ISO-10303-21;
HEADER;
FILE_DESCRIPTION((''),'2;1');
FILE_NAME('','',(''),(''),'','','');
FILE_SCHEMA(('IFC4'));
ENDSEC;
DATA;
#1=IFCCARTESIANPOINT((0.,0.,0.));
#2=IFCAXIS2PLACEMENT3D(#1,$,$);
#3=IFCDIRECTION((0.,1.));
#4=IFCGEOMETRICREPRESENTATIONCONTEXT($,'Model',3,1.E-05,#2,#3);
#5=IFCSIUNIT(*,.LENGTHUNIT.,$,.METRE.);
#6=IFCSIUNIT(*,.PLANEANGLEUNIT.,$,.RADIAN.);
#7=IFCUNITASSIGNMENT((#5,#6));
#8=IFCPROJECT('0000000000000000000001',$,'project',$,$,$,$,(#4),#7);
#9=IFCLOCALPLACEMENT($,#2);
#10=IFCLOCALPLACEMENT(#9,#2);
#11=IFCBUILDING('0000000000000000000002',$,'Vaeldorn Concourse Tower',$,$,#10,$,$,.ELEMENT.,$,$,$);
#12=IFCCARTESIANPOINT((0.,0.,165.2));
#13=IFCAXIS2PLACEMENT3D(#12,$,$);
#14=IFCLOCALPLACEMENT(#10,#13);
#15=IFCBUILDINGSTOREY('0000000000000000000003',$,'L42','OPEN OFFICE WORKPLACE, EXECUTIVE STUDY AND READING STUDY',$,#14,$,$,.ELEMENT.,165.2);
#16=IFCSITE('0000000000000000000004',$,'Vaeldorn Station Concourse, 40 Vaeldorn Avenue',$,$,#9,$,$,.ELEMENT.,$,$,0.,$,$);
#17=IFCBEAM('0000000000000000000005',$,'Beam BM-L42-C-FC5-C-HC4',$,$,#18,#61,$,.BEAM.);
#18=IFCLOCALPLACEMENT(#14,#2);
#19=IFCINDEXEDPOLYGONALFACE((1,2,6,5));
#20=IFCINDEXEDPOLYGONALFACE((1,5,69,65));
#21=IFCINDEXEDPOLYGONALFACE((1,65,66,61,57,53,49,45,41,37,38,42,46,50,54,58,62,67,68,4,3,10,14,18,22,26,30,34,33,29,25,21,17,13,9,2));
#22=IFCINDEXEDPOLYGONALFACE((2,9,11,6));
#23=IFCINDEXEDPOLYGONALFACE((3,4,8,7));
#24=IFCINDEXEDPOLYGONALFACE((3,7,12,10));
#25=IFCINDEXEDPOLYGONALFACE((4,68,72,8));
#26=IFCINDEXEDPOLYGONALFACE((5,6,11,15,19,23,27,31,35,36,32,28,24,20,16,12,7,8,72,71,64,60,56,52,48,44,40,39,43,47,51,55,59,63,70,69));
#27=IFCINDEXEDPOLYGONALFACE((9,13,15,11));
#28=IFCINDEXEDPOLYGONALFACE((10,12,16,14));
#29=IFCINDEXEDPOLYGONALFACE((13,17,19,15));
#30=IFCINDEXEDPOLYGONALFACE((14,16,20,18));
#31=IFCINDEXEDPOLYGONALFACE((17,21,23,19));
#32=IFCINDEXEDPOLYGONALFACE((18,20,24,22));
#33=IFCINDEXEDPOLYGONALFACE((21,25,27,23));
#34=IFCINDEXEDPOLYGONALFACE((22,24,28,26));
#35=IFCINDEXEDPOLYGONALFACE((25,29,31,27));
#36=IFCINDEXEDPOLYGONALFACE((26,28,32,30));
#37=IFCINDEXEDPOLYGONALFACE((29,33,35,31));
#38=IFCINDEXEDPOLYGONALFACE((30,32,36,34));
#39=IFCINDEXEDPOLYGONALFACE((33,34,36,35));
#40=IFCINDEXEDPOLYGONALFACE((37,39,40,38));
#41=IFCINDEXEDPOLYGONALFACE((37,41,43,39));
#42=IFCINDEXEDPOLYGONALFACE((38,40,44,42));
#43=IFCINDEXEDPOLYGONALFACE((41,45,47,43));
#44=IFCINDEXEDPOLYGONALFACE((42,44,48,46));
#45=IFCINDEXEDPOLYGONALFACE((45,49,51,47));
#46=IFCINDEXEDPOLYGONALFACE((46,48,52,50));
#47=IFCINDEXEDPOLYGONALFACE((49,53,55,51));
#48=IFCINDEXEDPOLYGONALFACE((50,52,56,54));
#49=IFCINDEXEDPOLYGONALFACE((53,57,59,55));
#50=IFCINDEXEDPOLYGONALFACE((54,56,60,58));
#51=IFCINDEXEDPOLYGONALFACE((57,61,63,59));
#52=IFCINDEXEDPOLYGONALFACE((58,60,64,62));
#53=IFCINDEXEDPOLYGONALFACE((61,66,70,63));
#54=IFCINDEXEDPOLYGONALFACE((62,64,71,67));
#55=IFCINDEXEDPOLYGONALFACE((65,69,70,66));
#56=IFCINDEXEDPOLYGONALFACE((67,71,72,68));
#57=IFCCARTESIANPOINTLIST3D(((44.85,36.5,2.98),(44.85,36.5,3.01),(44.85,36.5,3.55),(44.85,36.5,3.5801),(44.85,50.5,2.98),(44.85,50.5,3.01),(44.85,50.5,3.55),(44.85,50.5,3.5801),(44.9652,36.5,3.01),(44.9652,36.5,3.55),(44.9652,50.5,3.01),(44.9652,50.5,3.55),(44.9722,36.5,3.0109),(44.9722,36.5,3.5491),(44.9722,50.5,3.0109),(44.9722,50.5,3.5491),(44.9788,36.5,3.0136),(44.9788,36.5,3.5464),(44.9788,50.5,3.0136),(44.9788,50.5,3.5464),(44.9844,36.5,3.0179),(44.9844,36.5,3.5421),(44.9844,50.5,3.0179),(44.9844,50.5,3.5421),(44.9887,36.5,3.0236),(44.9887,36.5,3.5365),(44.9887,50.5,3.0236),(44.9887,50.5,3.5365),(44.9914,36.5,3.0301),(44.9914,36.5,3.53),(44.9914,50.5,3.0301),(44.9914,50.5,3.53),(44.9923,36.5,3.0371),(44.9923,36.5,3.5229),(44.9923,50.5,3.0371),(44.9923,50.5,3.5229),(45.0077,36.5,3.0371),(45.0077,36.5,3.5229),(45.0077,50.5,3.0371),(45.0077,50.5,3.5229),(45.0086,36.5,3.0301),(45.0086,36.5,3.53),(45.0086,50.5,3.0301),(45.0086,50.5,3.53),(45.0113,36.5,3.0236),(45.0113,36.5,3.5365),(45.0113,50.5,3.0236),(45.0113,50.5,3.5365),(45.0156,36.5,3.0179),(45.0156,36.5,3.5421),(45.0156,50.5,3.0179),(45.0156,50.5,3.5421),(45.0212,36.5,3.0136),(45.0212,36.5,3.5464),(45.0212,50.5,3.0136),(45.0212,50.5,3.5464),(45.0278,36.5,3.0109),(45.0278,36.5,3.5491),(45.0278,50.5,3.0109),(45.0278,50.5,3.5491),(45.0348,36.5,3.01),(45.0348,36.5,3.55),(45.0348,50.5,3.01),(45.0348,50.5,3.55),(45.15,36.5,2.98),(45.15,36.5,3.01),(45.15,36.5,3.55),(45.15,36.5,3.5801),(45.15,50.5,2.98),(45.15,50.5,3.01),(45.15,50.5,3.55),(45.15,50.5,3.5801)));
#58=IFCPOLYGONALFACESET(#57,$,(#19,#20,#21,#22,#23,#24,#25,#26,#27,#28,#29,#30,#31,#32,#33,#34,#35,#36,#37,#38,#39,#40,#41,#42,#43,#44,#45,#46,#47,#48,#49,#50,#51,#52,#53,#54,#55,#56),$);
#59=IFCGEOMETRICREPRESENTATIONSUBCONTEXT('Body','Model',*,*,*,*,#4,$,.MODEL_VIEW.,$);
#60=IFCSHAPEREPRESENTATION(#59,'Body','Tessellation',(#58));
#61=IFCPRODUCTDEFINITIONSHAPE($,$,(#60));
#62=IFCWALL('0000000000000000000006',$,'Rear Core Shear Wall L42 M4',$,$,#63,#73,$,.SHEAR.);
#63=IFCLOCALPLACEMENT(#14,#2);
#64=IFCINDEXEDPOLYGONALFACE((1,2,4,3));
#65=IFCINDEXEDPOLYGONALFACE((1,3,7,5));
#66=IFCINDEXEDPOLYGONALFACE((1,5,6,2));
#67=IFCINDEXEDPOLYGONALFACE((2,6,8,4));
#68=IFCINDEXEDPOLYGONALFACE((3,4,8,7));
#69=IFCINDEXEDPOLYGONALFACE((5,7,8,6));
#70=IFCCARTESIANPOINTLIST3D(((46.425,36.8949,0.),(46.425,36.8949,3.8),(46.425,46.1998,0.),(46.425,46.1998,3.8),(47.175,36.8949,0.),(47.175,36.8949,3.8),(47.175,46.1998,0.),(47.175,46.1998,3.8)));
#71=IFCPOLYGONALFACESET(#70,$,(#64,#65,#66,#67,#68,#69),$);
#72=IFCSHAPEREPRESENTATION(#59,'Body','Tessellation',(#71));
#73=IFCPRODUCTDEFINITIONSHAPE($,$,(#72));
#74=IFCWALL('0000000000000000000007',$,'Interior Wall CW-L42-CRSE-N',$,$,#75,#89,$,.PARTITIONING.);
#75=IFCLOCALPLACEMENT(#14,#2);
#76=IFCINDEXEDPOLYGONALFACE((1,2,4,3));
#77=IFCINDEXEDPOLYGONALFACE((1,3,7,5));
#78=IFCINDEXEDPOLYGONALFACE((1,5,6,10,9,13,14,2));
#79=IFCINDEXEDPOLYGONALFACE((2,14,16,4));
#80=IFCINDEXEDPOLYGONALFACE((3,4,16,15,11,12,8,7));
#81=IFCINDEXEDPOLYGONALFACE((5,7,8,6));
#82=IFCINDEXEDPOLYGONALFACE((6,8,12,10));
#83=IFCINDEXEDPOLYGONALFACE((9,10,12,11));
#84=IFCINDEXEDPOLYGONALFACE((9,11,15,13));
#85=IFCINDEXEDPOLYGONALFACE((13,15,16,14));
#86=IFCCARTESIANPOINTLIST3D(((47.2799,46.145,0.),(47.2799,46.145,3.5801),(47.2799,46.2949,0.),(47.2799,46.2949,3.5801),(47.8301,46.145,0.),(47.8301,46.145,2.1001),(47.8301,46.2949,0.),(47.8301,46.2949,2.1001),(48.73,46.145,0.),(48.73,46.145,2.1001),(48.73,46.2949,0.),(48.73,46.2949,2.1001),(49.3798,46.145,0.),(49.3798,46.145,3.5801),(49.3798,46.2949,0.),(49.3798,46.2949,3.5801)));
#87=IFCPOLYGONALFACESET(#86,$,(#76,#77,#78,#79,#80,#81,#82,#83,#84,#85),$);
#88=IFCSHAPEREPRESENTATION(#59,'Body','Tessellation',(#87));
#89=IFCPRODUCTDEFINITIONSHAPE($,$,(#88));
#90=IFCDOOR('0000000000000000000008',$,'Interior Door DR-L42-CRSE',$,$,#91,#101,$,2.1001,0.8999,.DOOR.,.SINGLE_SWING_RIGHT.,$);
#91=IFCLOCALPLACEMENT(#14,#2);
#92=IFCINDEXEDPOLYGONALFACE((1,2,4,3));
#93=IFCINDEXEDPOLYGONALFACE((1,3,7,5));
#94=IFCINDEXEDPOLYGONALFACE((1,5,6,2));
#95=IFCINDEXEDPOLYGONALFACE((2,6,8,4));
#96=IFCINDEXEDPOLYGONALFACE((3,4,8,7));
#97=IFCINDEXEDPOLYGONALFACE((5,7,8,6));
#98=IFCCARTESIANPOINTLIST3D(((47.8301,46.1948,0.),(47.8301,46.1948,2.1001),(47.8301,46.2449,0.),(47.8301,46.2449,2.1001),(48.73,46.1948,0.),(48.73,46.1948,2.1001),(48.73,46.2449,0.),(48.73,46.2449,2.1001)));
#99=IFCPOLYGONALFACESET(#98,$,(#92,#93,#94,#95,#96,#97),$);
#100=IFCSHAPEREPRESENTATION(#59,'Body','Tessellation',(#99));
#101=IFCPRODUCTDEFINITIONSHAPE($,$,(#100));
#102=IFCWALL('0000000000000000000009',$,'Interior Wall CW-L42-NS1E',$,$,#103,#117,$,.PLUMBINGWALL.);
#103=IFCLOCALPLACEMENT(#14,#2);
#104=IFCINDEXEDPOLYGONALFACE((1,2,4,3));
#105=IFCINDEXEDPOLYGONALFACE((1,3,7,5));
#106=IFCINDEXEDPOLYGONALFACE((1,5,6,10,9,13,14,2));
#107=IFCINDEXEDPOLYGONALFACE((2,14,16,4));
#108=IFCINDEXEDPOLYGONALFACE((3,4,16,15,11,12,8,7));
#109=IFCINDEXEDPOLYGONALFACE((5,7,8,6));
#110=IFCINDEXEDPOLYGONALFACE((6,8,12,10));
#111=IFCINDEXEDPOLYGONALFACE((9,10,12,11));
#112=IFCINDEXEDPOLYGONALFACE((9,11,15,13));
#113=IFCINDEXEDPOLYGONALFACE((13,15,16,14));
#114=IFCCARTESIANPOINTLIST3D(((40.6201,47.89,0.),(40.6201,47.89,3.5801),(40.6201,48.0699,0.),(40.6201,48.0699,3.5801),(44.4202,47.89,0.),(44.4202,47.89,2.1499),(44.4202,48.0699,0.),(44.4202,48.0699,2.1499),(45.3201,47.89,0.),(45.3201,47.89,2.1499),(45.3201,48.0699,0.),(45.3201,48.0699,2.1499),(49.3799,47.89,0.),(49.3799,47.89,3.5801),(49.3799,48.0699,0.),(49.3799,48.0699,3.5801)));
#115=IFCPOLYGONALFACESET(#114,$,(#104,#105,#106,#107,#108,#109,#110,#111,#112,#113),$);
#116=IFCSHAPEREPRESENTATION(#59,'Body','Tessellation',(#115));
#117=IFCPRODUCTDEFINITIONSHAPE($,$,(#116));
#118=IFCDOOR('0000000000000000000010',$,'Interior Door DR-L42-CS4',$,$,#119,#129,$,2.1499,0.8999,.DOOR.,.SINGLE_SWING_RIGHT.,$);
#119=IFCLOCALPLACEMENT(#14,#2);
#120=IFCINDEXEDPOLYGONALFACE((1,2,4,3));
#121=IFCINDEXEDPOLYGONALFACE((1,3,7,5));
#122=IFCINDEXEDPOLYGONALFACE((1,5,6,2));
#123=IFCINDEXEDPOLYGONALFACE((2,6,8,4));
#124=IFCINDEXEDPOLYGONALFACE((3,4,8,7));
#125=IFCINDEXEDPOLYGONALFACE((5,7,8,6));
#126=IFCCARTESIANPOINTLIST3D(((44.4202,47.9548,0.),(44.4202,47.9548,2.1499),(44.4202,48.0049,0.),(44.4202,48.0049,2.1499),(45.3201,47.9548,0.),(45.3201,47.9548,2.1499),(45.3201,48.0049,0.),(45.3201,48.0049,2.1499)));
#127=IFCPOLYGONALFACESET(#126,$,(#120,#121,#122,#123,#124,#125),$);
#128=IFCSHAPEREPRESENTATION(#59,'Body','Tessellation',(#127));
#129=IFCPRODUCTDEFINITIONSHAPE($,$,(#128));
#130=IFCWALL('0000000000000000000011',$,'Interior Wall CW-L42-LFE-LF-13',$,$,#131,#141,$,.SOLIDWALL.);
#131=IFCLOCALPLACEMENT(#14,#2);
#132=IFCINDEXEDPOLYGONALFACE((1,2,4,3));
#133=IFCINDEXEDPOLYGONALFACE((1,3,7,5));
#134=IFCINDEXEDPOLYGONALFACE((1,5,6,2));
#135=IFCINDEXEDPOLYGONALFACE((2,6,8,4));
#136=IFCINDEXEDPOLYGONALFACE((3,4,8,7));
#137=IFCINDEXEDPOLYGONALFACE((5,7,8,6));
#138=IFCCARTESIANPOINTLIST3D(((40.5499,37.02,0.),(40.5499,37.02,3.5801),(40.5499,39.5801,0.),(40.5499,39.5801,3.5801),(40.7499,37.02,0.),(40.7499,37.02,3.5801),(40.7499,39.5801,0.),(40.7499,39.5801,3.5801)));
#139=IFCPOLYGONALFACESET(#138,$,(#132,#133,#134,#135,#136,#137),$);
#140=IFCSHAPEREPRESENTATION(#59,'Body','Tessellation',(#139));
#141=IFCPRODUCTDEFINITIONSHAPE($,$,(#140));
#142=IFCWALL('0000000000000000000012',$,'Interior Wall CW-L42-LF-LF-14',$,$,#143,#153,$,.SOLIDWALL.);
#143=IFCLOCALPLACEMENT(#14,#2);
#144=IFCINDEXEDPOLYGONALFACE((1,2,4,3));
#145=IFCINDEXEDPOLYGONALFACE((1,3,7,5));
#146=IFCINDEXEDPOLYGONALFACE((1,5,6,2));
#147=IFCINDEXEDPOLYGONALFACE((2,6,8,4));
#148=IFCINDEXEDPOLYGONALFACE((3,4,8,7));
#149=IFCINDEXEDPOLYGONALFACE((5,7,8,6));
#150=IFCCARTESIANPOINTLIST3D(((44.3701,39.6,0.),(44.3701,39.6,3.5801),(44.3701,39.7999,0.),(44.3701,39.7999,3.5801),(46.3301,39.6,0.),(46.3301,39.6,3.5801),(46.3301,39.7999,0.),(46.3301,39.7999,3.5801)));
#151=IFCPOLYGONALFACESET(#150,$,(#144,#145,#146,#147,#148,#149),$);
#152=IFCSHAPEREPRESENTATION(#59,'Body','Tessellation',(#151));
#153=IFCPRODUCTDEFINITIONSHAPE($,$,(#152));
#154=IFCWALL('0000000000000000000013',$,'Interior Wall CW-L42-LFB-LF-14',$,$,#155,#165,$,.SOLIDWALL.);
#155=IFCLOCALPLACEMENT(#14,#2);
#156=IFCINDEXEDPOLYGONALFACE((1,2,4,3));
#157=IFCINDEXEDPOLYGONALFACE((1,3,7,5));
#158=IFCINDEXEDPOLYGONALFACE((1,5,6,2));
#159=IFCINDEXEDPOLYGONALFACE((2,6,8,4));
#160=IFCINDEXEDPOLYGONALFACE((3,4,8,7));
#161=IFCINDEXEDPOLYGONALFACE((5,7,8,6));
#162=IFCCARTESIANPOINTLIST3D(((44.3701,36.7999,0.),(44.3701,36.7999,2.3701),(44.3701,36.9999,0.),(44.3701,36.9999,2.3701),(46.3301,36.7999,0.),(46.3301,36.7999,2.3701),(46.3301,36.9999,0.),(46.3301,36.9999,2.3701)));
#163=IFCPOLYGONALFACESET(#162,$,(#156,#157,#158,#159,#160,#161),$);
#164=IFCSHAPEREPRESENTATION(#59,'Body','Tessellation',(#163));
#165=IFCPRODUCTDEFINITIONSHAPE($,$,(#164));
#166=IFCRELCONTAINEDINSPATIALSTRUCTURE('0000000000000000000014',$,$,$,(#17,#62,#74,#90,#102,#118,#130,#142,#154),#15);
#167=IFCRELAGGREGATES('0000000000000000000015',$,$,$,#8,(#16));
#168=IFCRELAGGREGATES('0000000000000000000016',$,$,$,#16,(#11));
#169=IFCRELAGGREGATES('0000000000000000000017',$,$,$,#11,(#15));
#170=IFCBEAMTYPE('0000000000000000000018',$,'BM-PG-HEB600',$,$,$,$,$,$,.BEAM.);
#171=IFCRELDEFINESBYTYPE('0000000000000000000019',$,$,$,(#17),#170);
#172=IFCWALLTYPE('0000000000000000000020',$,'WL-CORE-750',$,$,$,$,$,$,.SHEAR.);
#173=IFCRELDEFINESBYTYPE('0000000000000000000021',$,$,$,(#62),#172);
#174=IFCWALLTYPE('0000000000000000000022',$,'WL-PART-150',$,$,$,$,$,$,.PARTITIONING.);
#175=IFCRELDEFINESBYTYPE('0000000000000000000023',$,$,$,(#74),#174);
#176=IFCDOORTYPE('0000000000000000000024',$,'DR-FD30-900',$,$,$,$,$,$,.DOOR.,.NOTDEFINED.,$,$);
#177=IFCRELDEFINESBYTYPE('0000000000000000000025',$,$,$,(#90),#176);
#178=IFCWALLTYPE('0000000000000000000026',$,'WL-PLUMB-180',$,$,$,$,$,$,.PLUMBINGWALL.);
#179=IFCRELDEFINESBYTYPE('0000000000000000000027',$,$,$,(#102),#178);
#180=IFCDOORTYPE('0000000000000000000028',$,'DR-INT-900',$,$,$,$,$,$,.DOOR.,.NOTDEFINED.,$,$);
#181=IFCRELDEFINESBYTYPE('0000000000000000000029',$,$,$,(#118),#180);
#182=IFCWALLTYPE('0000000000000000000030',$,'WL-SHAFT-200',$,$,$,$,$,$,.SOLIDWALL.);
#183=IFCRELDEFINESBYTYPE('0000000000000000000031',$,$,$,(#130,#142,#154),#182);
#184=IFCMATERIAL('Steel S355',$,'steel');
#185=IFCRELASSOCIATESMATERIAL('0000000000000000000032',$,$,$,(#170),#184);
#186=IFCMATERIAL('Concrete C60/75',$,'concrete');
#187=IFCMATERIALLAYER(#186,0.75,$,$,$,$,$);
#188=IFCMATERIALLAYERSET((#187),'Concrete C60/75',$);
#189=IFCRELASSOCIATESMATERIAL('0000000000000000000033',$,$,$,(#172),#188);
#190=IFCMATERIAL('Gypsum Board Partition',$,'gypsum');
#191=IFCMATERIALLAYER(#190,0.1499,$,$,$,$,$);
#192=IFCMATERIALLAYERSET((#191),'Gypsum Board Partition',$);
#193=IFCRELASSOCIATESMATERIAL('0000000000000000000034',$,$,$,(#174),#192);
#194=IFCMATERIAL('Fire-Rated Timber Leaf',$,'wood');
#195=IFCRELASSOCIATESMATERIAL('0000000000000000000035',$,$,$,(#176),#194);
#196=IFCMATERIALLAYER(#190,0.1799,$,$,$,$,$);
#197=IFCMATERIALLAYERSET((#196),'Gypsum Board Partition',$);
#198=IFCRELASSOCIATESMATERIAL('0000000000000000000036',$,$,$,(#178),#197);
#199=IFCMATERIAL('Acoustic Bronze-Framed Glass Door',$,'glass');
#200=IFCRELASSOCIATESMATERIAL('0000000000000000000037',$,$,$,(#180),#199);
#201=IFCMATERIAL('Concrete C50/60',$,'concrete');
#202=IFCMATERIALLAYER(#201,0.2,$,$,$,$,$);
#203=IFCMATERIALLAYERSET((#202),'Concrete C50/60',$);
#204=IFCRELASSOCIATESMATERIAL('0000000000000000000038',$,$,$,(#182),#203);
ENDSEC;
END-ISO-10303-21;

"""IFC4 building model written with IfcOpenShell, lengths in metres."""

from ifc_helpers import new_model, si_unit, direction, frame, frame_2d, origin, origin_2d, place, context, subcontext, project, spatial, rectangle, i_section, extrude, source, transform, mapped, material, layer, layer_set, material_profile, profile_set, type_object, element, fill, save


model = new_model("IFC4")

# Units and contexts
model_context = context("Model", 3, precision=1e-05, world=origin(), true_north=direction((0.0, 1.0)))
body_context = subcontext(model_context, "Body", "Model", "MODEL_VIEW")
ifc_project = project(units=[si_unit("LENGTHUNIT", "METRE"), si_unit("PLANEANGLEUNIT", "RADIAN")], contexts=[model_context])

# Site, building, storey
site_placement = place(None, origin())
site = spatial("IfcSite", under=ifc_project, at=site_placement, Name="Vaeldorn Station Concourse, 40 Vaeldorn Avenue", CompositionType="ELEMENT", RefElevation=0.0)
building_placement = place(site_placement, origin())
building = spatial("IfcBuilding", under=site, at=building_placement, Name="Vaeldorn Concourse Tower", CompositionType="ELEMENT")
storey_placement = place(building_placement, frame((0.0, 0.0, 165.2)))
storey = spatial("IfcBuildingStorey", under=building, at=storey_placement, Name="L42", Description="OPEN OFFICE WORKPLACE, EXECUTIVE STUDY AND READING STUDY", CompositionType="ELEMENT", Elevation=165.2)

# Beam
ifc_material_1 = material(Name="Concrete C60/75", Category="concrete")
ifc_material_2 = material(Name="Steel S355", Category="steel")
ifc_material_profile_1 = material_profile(ifc_material_2, i_section(OverallWidth=0.3, OverallDepth=0.6001, WebThickness=0.0154, FlangeThickness=0.03, FilletRadius=0.0271, at=origin_2d()), Name="HEB 600")
ifc_profile_set_1 = profile_set([ifc_material_profile_1], Name="Steel S355")
beam_type_1 = type_object("IfcBeamType", Name="BM-PG-HEB600", PredefinedType="BEAM", material=ifc_profile_set_1)
shared_shape_1 = source(origin(), body_context, "Body", "SweptSolid", [
    extrude(i_section(OverallWidth=0.3, OverallDepth=0.6001, WebThickness=0.0154, FlangeThickness=0.03, FilletRadius=0.0271, at=origin_2d()), origin(), (0.0, 0.0, 1.0), 14.0),
])
beam_1_placement = place(storey_placement, frame((45.0, 36.5, 3.28), z_axis=(0.0, 1.0, 0.0), x_axis=(-1.0, 0.0, 0.0)))
element("IfcBeam", 1, at=beam_1_placement, inside=storey, type_object=beam_type_1, Name="Beam BM-L42-C-FC5-C-HC4", PredefinedType="BEAM", context=body_context, shape_type="MappedRepresentation", body=[
    mapped(shared_shape_1, transform((0.0, 0.0, 0.0), scale=1.0)),
])

# Wall
ifc_layer_1 = layer(ifc_material_1, 0.75)
ifc_layer_set_1 = layer_set([ifc_layer_1], Name="Concrete C60/75")
wall_type_1 = type_object("IfcWallType", Name="WL-CORE-750", PredefinedType="SHEAR", material=ifc_layer_set_1)
wall_1_placement = place(storey_placement, frame((46.8, 36.895, 0.0), z_axis=(0.0, 0.0, 1.0), x_axis=(0.0, 1.0, 0.0)))
element("IfcWall", 2, at=wall_1_placement, inside=storey, type_object=wall_type_1, Name="Rear Core Shear Wall L42 M4", PredefinedType="SHEAR", context=body_context, shape_type="SweptSolid", body=[
    extrude(rectangle(XDim=9.3049, YDim=0.75, at=frame_2d((4.6523, 0.0))), origin(), (0.0, 0.0, 1.0), 3.8),
])

# Walls, openings, doors
ifc_material_3 = material(Name="Gypsum Board Partition", Category="gypsum")
ifc_layer_2 = layer(ifc_material_3, 0.1499)
ifc_layer_set_2 = layer_set([ifc_layer_2], Name="Gypsum Board Partition")
wall_type_2 = type_object("IfcWallType", Name="WL-PART-150", PredefinedType="PARTITIONING", material=ifc_layer_set_2)
wall_2_placement = place(storey_placement, frame((47.28, 46.22, 0.0), z_axis=(0.0, 0.0, 1.0), x_axis=(1.0, 0.0, 0.0)))
wall_2 = element("IfcWall", 3, at=wall_2_placement, inside=storey, type_object=wall_type_2, Name="Interior Wall CW-L42-CRSE-N", PredefinedType="PARTITIONING", context=body_context, shape_type="SweptSolid", body=[
    extrude(rectangle(XDim=2.0999, YDim=0.1499, at=frame_2d((1.0498, 0.0))), origin(), (0.0, 0.0, 1.0), 3.5801),
])
opening_1_placement = place(wall_2_placement, frame((0.55, 0.0, 0.0)))
opening_1 = element("IfcOpeningElement", 4, at=opening_1_placement, cuts=wall_2, PredefinedType="OPENING", context=body_context, shape_type="SweptSolid", body=[
    extrude(rectangle(XDim=0.8999, YDim=2.1001, at=frame_2d((0.45, 1.05))), frame((0.0, 0.085, 0.0), z_axis=(0.0, -1.0, 0.0), x_axis=(1.0, 0.0, 0.0)), (0.0, 0.0, 1.0), 0.1699),
])
ifc_material_4 = material(Name="Fire-Rated Timber Leaf", Category="wood")
door_type_1 = type_object("IfcDoorType", Name="DR-FD30-900", OperationType="NOTDEFINED", PredefinedType="DOOR", material=ifc_material_4)
shared_shape_2 = source(origin(), body_context, "Body", "SweptSolid", [
    extrude(rectangle(XDim=0.8999, YDim=2.1001, at=frame_2d((0.45, 1.05))), frame((0.0, 0.0249, 0.0), z_axis=(0.0, -1.0, 0.0), x_axis=(1.0, 0.0, 0.0)), (0.0, 0.0, 1.0), 0.05),
])
door_1_placement = place(opening_1_placement, origin())
door_1 = element("IfcDoor", 5, at=door_1_placement, inside=storey, type_object=door_type_1, Name="Interior Door DR-L42-CRSE", OperationType="SINGLE_SWING_RIGHT", OverallHeight=2.1001, OverallWidth=0.8999, PredefinedType="DOOR", context=body_context, shape_type="MappedRepresentation", body=[
    mapped(shared_shape_2, transform((0.0, 0.0, 0.0), scale=1.0)),
])
fill(opening_1, door_1)
ifc_layer_3 = layer(ifc_material_3, 0.1799)
ifc_layer_set_3 = layer_set([ifc_layer_3], Name="Gypsum Board Partition")
wall_type_3 = type_object("IfcWallType", Name="WL-PLUMB-180", PredefinedType="PLUMBINGWALL", material=ifc_layer_set_3)
wall_3_placement = place(storey_placement, frame((40.6201, 47.98, 0.0), z_axis=(0.0, 0.0, 1.0), x_axis=(1.0, 0.0, 0.0)))
wall_3 = element("IfcWall", 6, at=wall_3_placement, inside=storey, type_object=wall_type_3, Name="Interior Wall CW-L42-NS1E", PredefinedType="PLUMBINGWALL", context=body_context, shape_type="SweptSolid", body=[
    extrude(rectangle(XDim=8.7598, YDim=0.1799, at=frame_2d((4.3799, 0.0))), origin(), (0.0, 0.0, 1.0), 3.5801),
])
opening_2_placement = place(wall_3_placement, frame((3.8, 0.0, 0.0)))
opening_2 = element("IfcOpeningElement", 7, at=opening_2_placement, cuts=wall_3, PredefinedType="OPENING", context=body_context, shape_type="SweptSolid", body=[
    extrude(rectangle(XDim=0.8999, YDim=2.1499, at=frame_2d((0.45, 1.075))), frame((0.0, 0.1001, 0.0), z_axis=(0.0, -1.0, 0.0), x_axis=(1.0, 0.0, 0.0)), (0.0, 0.0, 1.0), 0.2),
])
ifc_material_5 = material(Name="Acoustic Bronze-Framed Glass Door", Category="glass")
door_type_2 = type_object("IfcDoorType", Name="DR-INT-900", OperationType="NOTDEFINED", PredefinedType="DOOR", material=ifc_material_5)
shared_shape_3 = source(origin(), body_context, "Body", "SweptSolid", [
    extrude(rectangle(XDim=0.8999, YDim=2.1499, at=frame_2d((0.45, 1.075))), frame((0.0, 0.0249, 0.0), z_axis=(0.0, -1.0, 0.0), x_axis=(1.0, 0.0, 0.0)), (0.0, 0.0, 1.0), 0.05),
])
door_2_placement = place(opening_2_placement, origin())
door_2 = element("IfcDoor", 8, at=door_2_placement, inside=storey, type_object=door_type_2, Name="Interior Door DR-L42-CS4", OperationType="SINGLE_SWING_RIGHT", OverallHeight=2.1499, OverallWidth=0.8999, PredefinedType="DOOR", context=body_context, shape_type="MappedRepresentation", body=[
    mapped(shared_shape_3, transform((0.0, 0.0, 0.0), scale=1.0)),
])
fill(opening_2, door_2)
ifc_material_6 = material(Name="Concrete C50/60", Category="concrete")
ifc_layer_4 = layer(ifc_material_6, 0.2)
ifc_layer_set_4 = layer_set([ifc_layer_4], Name="Concrete C50/60")
wall_type_4 = type_object("IfcWallType", Name="WL-SHAFT-200", PredefinedType="SOLIDWALL", material=ifc_layer_set_4)

# Walls
wall_4_placement = place(storey_placement, frame((40.6499, 37.02, 0.0), z_axis=(0.0, 0.0, 1.0), x_axis=(0.0, 1.0, 0.0)))
element("IfcWall", 9, at=wall_4_placement, inside=storey, type_object=wall_type_4, Name="Interior Wall CW-L42-LFE-LF-13", PredefinedType="SOLIDWALL", context=body_context, shape_type="SweptSolid", body=[
    extrude(rectangle(XDim=2.5601, YDim=0.2, at=frame_2d((1.28, 0.0))), origin(), (0.0, 0.0, 1.0), 3.5801),
])
wall_5_placement = place(storey_placement, frame((44.3701, 39.7, 0.0), z_axis=(0.0, 0.0, 1.0), x_axis=(1.0, 0.0, 0.0)))
element("IfcWall", 10, at=wall_5_placement, inside=storey, type_object=wall_type_4, Name="Interior Wall CW-L42-LF-LF-14", PredefinedType="SOLIDWALL", context=body_context, shape_type="SweptSolid", body=[
    extrude(rectangle(XDim=1.96, YDim=0.2, at=frame_2d((0.98, 0.0))), origin(), (0.0, 0.0, 1.0), 3.5801),
])
wall_6_placement = place(storey_placement, frame((44.3701, 36.8999, 0.0), z_axis=(0.0, 0.0, 1.0), x_axis=(1.0, 0.0, 0.0)))
element("IfcWall", 11, at=wall_6_placement, inside=storey, type_object=wall_type_4, Name="Interior Wall CW-L42-LFB-LF-14", PredefinedType="SOLIDWALL", context=body_context, shape_type="SweptSolid", body=[
    extrude(rectangle(XDim=1.96, YDim=0.2, at=frame_2d((0.98, 0.0))), origin(), (0.0, 0.0, 1.0), 2.3701),
])

save(model, "model.ifc")
